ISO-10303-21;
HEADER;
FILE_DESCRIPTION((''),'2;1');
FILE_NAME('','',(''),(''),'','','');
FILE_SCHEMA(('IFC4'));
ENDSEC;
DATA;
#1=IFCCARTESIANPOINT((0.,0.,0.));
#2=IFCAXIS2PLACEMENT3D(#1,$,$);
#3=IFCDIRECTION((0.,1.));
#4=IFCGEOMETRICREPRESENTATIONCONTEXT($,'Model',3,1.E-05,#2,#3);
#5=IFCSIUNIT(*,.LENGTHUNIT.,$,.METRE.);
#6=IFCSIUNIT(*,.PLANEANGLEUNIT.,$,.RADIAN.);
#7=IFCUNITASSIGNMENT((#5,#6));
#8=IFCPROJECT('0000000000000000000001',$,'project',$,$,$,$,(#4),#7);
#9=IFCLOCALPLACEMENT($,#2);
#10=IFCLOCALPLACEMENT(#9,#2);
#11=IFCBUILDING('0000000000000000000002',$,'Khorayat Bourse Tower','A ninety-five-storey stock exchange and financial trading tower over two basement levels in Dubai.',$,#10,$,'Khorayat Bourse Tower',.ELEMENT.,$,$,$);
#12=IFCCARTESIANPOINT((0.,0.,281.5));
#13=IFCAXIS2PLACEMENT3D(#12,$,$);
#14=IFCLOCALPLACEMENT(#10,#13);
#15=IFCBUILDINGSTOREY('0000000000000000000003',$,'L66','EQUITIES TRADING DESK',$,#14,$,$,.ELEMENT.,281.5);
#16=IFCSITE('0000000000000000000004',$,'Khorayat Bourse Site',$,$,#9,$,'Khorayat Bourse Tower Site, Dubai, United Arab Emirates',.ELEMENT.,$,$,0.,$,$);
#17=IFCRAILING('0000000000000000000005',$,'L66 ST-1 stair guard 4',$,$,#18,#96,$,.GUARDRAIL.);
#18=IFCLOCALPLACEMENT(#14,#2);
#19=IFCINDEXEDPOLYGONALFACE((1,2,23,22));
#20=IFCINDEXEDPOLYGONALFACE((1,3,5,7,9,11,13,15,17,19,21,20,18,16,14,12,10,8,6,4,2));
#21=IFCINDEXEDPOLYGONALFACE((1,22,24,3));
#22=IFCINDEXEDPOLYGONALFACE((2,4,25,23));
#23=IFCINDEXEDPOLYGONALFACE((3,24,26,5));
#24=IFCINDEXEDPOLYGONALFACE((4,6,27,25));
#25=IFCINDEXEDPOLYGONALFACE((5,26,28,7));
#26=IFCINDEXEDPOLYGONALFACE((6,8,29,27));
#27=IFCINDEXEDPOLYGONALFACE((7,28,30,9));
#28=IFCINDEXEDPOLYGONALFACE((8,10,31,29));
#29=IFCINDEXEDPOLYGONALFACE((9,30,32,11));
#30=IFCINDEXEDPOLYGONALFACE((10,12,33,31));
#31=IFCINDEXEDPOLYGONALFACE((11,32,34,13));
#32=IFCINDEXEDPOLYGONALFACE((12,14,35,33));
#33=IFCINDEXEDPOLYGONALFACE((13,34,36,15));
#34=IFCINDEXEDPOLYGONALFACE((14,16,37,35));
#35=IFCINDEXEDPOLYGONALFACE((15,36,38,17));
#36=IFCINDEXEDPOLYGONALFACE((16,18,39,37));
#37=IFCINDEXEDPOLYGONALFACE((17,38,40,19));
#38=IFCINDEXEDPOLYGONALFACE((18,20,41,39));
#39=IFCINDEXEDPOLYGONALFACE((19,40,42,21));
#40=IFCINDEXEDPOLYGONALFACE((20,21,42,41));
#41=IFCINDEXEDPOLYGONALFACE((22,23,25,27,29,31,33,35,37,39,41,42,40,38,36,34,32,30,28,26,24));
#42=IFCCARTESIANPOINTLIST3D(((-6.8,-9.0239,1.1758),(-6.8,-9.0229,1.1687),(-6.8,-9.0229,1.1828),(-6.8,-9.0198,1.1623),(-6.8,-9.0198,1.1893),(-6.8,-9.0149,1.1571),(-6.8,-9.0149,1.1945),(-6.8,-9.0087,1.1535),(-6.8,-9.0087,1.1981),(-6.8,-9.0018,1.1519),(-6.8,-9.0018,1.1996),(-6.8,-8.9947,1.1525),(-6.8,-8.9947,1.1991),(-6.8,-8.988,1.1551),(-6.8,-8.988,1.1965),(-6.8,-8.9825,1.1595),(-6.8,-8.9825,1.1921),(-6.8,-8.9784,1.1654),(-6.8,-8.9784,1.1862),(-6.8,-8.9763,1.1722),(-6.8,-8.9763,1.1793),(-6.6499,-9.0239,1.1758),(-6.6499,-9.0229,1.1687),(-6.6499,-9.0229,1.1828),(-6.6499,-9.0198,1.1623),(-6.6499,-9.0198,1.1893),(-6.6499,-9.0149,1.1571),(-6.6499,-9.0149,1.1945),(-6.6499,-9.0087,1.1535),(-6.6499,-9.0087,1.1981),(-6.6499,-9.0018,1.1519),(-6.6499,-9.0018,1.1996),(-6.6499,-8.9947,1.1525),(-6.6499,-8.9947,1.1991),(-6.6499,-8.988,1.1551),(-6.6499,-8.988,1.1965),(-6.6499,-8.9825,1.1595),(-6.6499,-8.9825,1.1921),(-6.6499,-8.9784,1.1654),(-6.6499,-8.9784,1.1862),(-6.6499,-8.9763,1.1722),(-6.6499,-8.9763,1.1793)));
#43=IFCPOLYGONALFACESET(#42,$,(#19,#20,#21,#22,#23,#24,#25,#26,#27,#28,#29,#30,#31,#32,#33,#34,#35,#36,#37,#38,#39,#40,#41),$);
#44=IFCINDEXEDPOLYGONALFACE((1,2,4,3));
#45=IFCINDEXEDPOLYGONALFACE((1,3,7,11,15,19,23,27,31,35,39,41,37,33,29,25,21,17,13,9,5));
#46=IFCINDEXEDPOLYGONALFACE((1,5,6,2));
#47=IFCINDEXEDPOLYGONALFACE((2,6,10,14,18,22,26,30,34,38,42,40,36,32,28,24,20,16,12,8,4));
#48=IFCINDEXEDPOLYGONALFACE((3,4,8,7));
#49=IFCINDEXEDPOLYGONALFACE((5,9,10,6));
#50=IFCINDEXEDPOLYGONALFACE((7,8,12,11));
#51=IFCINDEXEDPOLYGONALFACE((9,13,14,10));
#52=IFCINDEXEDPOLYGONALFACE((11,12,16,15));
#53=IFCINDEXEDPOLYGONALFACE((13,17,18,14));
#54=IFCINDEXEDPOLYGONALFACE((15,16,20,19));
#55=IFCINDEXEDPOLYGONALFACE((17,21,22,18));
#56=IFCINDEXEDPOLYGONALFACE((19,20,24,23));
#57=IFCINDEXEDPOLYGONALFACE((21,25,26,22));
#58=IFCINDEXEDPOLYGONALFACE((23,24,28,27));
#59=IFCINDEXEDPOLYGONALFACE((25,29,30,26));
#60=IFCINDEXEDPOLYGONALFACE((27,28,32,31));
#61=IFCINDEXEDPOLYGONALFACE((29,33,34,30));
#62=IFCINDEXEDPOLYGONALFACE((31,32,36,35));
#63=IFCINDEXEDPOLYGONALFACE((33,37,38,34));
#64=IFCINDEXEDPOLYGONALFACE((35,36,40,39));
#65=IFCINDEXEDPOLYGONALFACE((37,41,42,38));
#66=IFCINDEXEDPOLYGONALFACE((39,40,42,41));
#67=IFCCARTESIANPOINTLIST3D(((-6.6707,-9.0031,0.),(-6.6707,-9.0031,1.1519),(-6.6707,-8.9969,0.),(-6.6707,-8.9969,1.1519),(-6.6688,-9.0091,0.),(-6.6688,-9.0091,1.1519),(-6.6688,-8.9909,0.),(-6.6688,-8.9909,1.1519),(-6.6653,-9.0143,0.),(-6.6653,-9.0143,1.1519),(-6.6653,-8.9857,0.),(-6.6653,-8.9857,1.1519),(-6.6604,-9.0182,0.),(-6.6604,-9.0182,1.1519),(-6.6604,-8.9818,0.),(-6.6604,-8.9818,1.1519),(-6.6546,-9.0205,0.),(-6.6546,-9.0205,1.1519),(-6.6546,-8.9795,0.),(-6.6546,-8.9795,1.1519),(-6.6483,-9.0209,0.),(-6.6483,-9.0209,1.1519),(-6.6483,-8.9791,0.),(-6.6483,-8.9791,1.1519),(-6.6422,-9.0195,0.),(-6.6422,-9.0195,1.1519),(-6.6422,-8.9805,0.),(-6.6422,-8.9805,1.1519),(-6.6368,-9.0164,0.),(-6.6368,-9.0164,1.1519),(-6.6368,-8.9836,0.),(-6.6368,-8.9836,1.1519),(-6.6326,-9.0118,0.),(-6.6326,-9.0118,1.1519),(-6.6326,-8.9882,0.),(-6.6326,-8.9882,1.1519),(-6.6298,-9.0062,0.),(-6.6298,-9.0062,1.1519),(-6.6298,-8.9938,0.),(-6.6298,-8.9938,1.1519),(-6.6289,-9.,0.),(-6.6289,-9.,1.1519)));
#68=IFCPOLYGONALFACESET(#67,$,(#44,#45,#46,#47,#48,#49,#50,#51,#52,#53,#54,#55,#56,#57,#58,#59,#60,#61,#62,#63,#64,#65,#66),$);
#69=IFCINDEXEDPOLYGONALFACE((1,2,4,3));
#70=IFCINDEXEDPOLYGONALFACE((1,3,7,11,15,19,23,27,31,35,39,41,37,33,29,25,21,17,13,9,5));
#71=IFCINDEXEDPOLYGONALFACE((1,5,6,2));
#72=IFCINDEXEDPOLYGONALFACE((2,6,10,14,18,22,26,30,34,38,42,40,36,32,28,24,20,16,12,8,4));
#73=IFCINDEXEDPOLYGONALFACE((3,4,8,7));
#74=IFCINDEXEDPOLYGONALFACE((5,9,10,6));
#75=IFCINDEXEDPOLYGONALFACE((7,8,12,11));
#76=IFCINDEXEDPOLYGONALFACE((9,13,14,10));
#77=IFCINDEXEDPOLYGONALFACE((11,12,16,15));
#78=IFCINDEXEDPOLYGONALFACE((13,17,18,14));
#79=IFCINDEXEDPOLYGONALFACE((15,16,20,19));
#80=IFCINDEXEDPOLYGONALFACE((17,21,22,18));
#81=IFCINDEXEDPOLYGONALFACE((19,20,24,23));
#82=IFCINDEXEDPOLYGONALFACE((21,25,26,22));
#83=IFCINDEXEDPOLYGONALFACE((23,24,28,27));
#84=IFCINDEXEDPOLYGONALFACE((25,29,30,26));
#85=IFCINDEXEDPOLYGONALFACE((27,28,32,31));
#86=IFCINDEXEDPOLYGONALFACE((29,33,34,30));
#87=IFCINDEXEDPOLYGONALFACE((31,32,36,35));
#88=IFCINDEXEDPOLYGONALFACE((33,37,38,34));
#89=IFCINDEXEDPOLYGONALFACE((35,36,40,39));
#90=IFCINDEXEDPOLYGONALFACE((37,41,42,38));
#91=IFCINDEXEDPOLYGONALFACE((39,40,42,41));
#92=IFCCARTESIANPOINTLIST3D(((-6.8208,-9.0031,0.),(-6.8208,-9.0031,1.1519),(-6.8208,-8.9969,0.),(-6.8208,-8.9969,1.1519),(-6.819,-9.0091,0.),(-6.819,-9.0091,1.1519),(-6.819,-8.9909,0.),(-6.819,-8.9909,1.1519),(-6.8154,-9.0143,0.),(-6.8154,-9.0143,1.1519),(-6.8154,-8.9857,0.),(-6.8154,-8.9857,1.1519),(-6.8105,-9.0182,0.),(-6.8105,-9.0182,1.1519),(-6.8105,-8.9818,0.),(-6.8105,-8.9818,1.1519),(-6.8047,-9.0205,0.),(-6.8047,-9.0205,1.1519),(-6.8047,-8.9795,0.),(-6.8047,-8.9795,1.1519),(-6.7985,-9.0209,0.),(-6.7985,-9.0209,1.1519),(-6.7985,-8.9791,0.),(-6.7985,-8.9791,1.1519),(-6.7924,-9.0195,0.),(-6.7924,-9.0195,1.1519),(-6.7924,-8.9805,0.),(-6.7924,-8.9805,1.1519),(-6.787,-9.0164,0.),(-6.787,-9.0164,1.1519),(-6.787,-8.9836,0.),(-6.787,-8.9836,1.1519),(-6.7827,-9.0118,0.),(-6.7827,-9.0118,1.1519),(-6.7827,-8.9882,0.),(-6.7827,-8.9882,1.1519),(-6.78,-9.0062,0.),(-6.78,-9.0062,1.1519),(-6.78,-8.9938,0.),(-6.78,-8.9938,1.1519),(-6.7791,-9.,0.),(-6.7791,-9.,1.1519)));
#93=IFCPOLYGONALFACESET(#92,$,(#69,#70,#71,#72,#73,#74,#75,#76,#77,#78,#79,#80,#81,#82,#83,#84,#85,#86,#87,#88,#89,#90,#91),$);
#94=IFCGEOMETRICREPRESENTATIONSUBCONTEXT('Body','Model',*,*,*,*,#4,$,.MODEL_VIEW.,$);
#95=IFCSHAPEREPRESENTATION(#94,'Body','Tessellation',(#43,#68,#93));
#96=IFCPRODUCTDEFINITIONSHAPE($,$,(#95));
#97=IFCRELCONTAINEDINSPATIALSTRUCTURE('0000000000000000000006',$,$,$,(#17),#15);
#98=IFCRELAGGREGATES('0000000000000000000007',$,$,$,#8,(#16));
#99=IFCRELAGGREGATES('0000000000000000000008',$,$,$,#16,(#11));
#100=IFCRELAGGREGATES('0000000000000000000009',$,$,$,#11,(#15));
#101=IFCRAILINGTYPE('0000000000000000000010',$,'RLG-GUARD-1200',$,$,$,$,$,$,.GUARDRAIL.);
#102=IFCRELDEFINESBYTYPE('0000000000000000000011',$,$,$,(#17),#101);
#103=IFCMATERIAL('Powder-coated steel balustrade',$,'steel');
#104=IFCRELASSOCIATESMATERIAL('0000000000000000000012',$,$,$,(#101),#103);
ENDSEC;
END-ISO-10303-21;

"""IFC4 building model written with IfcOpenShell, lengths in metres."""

from ifc_helpers import new_model, si_unit, direction, frame, origin, origin_2d, place, context, subcontext, project, spatial, circle, extrude, source, transform, mapped, material, type_object, element, save


model = new_model("IFC4")

# Units and contexts
model_context = context("Model", 3, precision=1e-05, world=origin(), true_north=direction((0.0, 1.0)))
body_context = subcontext(model_context, "Body", "Model", "MODEL_VIEW")
ifc_project = project(units=[si_unit("LENGTHUNIT", "METRE"), si_unit("PLANEANGLEUNIT", "RADIAN")], contexts=[model_context])

# Site, building, storey
site_placement = place(None, origin())
site = spatial("IfcSite", under=ifc_project, at=site_placement, Name="Khorayat Bourse Site", LongName="Khorayat Bourse Tower Site, Dubai, United Arab Emirates", CompositionType="ELEMENT", RefElevation=0.0)
building_placement = place(site_placement, origin())
building = spatial("IfcBuilding", under=site, at=building_placement, Name="Khorayat Bourse Tower", Description="A ninety-five-storey stock exchange and financial trading tower over two basement levels in Dubai.", LongName="Khorayat Bourse Tower", CompositionType="ELEMENT")
storey_placement = place(building_placement, frame((0.0, 0.0, 281.5)))
storey = spatial("IfcBuildingStorey", under=building, at=storey_placement, Name="L66", Description="EQUITIES TRADING DESK", CompositionType="ELEMENT", Elevation=281.5)

# Railing
ifc_material_1 = material(Name="Powder-coated steel balustrade", Category="steel")
railing_type_1 = type_object("IfcRailingType", Name="RLG-GUARD-1200", PredefinedType="GUARDRAIL", material=ifc_material_1)
shared_shape_1 = source(origin(), body_context, "Body", "SweptSolid", [
    extrude(circle(Radius=0.0239, at=origin_2d()), frame((0.0, 0.0, 1.1758), z_axis=(-1.0, 0.0, 0.0), x_axis=(0.0, -1.0, 0.0)), (0.0, 0.0, 1.0), 0.1501),
    extrude(circle(Radius=0.021, at=origin_2d()), origin(), (0.0, 0.0, 1.0), 1.1519),
    extrude(circle(Radius=0.021, at=origin_2d()), frame((-0.1501, 0.0, 0.0)), (0.0, 0.0, 1.0), 1.1519),
])
for number, where, name in (
    (1, (-6.6499, -9.0, 0.0), "L66 ST-1 stair guard 4"),
):
    element("IfcRailing", number, at=place(storey_placement, frame(where)), inside=storey, type_object=railing_type_1, Name=name, PredefinedType="GUARDRAIL", context=body_context, shape_type="MappedRepresentation", body=[
        mapped(shared_shape_1, transform((0.0, 0.0, 0.0), scale=1.0)),
    ])

save(model, "model.ifc")
